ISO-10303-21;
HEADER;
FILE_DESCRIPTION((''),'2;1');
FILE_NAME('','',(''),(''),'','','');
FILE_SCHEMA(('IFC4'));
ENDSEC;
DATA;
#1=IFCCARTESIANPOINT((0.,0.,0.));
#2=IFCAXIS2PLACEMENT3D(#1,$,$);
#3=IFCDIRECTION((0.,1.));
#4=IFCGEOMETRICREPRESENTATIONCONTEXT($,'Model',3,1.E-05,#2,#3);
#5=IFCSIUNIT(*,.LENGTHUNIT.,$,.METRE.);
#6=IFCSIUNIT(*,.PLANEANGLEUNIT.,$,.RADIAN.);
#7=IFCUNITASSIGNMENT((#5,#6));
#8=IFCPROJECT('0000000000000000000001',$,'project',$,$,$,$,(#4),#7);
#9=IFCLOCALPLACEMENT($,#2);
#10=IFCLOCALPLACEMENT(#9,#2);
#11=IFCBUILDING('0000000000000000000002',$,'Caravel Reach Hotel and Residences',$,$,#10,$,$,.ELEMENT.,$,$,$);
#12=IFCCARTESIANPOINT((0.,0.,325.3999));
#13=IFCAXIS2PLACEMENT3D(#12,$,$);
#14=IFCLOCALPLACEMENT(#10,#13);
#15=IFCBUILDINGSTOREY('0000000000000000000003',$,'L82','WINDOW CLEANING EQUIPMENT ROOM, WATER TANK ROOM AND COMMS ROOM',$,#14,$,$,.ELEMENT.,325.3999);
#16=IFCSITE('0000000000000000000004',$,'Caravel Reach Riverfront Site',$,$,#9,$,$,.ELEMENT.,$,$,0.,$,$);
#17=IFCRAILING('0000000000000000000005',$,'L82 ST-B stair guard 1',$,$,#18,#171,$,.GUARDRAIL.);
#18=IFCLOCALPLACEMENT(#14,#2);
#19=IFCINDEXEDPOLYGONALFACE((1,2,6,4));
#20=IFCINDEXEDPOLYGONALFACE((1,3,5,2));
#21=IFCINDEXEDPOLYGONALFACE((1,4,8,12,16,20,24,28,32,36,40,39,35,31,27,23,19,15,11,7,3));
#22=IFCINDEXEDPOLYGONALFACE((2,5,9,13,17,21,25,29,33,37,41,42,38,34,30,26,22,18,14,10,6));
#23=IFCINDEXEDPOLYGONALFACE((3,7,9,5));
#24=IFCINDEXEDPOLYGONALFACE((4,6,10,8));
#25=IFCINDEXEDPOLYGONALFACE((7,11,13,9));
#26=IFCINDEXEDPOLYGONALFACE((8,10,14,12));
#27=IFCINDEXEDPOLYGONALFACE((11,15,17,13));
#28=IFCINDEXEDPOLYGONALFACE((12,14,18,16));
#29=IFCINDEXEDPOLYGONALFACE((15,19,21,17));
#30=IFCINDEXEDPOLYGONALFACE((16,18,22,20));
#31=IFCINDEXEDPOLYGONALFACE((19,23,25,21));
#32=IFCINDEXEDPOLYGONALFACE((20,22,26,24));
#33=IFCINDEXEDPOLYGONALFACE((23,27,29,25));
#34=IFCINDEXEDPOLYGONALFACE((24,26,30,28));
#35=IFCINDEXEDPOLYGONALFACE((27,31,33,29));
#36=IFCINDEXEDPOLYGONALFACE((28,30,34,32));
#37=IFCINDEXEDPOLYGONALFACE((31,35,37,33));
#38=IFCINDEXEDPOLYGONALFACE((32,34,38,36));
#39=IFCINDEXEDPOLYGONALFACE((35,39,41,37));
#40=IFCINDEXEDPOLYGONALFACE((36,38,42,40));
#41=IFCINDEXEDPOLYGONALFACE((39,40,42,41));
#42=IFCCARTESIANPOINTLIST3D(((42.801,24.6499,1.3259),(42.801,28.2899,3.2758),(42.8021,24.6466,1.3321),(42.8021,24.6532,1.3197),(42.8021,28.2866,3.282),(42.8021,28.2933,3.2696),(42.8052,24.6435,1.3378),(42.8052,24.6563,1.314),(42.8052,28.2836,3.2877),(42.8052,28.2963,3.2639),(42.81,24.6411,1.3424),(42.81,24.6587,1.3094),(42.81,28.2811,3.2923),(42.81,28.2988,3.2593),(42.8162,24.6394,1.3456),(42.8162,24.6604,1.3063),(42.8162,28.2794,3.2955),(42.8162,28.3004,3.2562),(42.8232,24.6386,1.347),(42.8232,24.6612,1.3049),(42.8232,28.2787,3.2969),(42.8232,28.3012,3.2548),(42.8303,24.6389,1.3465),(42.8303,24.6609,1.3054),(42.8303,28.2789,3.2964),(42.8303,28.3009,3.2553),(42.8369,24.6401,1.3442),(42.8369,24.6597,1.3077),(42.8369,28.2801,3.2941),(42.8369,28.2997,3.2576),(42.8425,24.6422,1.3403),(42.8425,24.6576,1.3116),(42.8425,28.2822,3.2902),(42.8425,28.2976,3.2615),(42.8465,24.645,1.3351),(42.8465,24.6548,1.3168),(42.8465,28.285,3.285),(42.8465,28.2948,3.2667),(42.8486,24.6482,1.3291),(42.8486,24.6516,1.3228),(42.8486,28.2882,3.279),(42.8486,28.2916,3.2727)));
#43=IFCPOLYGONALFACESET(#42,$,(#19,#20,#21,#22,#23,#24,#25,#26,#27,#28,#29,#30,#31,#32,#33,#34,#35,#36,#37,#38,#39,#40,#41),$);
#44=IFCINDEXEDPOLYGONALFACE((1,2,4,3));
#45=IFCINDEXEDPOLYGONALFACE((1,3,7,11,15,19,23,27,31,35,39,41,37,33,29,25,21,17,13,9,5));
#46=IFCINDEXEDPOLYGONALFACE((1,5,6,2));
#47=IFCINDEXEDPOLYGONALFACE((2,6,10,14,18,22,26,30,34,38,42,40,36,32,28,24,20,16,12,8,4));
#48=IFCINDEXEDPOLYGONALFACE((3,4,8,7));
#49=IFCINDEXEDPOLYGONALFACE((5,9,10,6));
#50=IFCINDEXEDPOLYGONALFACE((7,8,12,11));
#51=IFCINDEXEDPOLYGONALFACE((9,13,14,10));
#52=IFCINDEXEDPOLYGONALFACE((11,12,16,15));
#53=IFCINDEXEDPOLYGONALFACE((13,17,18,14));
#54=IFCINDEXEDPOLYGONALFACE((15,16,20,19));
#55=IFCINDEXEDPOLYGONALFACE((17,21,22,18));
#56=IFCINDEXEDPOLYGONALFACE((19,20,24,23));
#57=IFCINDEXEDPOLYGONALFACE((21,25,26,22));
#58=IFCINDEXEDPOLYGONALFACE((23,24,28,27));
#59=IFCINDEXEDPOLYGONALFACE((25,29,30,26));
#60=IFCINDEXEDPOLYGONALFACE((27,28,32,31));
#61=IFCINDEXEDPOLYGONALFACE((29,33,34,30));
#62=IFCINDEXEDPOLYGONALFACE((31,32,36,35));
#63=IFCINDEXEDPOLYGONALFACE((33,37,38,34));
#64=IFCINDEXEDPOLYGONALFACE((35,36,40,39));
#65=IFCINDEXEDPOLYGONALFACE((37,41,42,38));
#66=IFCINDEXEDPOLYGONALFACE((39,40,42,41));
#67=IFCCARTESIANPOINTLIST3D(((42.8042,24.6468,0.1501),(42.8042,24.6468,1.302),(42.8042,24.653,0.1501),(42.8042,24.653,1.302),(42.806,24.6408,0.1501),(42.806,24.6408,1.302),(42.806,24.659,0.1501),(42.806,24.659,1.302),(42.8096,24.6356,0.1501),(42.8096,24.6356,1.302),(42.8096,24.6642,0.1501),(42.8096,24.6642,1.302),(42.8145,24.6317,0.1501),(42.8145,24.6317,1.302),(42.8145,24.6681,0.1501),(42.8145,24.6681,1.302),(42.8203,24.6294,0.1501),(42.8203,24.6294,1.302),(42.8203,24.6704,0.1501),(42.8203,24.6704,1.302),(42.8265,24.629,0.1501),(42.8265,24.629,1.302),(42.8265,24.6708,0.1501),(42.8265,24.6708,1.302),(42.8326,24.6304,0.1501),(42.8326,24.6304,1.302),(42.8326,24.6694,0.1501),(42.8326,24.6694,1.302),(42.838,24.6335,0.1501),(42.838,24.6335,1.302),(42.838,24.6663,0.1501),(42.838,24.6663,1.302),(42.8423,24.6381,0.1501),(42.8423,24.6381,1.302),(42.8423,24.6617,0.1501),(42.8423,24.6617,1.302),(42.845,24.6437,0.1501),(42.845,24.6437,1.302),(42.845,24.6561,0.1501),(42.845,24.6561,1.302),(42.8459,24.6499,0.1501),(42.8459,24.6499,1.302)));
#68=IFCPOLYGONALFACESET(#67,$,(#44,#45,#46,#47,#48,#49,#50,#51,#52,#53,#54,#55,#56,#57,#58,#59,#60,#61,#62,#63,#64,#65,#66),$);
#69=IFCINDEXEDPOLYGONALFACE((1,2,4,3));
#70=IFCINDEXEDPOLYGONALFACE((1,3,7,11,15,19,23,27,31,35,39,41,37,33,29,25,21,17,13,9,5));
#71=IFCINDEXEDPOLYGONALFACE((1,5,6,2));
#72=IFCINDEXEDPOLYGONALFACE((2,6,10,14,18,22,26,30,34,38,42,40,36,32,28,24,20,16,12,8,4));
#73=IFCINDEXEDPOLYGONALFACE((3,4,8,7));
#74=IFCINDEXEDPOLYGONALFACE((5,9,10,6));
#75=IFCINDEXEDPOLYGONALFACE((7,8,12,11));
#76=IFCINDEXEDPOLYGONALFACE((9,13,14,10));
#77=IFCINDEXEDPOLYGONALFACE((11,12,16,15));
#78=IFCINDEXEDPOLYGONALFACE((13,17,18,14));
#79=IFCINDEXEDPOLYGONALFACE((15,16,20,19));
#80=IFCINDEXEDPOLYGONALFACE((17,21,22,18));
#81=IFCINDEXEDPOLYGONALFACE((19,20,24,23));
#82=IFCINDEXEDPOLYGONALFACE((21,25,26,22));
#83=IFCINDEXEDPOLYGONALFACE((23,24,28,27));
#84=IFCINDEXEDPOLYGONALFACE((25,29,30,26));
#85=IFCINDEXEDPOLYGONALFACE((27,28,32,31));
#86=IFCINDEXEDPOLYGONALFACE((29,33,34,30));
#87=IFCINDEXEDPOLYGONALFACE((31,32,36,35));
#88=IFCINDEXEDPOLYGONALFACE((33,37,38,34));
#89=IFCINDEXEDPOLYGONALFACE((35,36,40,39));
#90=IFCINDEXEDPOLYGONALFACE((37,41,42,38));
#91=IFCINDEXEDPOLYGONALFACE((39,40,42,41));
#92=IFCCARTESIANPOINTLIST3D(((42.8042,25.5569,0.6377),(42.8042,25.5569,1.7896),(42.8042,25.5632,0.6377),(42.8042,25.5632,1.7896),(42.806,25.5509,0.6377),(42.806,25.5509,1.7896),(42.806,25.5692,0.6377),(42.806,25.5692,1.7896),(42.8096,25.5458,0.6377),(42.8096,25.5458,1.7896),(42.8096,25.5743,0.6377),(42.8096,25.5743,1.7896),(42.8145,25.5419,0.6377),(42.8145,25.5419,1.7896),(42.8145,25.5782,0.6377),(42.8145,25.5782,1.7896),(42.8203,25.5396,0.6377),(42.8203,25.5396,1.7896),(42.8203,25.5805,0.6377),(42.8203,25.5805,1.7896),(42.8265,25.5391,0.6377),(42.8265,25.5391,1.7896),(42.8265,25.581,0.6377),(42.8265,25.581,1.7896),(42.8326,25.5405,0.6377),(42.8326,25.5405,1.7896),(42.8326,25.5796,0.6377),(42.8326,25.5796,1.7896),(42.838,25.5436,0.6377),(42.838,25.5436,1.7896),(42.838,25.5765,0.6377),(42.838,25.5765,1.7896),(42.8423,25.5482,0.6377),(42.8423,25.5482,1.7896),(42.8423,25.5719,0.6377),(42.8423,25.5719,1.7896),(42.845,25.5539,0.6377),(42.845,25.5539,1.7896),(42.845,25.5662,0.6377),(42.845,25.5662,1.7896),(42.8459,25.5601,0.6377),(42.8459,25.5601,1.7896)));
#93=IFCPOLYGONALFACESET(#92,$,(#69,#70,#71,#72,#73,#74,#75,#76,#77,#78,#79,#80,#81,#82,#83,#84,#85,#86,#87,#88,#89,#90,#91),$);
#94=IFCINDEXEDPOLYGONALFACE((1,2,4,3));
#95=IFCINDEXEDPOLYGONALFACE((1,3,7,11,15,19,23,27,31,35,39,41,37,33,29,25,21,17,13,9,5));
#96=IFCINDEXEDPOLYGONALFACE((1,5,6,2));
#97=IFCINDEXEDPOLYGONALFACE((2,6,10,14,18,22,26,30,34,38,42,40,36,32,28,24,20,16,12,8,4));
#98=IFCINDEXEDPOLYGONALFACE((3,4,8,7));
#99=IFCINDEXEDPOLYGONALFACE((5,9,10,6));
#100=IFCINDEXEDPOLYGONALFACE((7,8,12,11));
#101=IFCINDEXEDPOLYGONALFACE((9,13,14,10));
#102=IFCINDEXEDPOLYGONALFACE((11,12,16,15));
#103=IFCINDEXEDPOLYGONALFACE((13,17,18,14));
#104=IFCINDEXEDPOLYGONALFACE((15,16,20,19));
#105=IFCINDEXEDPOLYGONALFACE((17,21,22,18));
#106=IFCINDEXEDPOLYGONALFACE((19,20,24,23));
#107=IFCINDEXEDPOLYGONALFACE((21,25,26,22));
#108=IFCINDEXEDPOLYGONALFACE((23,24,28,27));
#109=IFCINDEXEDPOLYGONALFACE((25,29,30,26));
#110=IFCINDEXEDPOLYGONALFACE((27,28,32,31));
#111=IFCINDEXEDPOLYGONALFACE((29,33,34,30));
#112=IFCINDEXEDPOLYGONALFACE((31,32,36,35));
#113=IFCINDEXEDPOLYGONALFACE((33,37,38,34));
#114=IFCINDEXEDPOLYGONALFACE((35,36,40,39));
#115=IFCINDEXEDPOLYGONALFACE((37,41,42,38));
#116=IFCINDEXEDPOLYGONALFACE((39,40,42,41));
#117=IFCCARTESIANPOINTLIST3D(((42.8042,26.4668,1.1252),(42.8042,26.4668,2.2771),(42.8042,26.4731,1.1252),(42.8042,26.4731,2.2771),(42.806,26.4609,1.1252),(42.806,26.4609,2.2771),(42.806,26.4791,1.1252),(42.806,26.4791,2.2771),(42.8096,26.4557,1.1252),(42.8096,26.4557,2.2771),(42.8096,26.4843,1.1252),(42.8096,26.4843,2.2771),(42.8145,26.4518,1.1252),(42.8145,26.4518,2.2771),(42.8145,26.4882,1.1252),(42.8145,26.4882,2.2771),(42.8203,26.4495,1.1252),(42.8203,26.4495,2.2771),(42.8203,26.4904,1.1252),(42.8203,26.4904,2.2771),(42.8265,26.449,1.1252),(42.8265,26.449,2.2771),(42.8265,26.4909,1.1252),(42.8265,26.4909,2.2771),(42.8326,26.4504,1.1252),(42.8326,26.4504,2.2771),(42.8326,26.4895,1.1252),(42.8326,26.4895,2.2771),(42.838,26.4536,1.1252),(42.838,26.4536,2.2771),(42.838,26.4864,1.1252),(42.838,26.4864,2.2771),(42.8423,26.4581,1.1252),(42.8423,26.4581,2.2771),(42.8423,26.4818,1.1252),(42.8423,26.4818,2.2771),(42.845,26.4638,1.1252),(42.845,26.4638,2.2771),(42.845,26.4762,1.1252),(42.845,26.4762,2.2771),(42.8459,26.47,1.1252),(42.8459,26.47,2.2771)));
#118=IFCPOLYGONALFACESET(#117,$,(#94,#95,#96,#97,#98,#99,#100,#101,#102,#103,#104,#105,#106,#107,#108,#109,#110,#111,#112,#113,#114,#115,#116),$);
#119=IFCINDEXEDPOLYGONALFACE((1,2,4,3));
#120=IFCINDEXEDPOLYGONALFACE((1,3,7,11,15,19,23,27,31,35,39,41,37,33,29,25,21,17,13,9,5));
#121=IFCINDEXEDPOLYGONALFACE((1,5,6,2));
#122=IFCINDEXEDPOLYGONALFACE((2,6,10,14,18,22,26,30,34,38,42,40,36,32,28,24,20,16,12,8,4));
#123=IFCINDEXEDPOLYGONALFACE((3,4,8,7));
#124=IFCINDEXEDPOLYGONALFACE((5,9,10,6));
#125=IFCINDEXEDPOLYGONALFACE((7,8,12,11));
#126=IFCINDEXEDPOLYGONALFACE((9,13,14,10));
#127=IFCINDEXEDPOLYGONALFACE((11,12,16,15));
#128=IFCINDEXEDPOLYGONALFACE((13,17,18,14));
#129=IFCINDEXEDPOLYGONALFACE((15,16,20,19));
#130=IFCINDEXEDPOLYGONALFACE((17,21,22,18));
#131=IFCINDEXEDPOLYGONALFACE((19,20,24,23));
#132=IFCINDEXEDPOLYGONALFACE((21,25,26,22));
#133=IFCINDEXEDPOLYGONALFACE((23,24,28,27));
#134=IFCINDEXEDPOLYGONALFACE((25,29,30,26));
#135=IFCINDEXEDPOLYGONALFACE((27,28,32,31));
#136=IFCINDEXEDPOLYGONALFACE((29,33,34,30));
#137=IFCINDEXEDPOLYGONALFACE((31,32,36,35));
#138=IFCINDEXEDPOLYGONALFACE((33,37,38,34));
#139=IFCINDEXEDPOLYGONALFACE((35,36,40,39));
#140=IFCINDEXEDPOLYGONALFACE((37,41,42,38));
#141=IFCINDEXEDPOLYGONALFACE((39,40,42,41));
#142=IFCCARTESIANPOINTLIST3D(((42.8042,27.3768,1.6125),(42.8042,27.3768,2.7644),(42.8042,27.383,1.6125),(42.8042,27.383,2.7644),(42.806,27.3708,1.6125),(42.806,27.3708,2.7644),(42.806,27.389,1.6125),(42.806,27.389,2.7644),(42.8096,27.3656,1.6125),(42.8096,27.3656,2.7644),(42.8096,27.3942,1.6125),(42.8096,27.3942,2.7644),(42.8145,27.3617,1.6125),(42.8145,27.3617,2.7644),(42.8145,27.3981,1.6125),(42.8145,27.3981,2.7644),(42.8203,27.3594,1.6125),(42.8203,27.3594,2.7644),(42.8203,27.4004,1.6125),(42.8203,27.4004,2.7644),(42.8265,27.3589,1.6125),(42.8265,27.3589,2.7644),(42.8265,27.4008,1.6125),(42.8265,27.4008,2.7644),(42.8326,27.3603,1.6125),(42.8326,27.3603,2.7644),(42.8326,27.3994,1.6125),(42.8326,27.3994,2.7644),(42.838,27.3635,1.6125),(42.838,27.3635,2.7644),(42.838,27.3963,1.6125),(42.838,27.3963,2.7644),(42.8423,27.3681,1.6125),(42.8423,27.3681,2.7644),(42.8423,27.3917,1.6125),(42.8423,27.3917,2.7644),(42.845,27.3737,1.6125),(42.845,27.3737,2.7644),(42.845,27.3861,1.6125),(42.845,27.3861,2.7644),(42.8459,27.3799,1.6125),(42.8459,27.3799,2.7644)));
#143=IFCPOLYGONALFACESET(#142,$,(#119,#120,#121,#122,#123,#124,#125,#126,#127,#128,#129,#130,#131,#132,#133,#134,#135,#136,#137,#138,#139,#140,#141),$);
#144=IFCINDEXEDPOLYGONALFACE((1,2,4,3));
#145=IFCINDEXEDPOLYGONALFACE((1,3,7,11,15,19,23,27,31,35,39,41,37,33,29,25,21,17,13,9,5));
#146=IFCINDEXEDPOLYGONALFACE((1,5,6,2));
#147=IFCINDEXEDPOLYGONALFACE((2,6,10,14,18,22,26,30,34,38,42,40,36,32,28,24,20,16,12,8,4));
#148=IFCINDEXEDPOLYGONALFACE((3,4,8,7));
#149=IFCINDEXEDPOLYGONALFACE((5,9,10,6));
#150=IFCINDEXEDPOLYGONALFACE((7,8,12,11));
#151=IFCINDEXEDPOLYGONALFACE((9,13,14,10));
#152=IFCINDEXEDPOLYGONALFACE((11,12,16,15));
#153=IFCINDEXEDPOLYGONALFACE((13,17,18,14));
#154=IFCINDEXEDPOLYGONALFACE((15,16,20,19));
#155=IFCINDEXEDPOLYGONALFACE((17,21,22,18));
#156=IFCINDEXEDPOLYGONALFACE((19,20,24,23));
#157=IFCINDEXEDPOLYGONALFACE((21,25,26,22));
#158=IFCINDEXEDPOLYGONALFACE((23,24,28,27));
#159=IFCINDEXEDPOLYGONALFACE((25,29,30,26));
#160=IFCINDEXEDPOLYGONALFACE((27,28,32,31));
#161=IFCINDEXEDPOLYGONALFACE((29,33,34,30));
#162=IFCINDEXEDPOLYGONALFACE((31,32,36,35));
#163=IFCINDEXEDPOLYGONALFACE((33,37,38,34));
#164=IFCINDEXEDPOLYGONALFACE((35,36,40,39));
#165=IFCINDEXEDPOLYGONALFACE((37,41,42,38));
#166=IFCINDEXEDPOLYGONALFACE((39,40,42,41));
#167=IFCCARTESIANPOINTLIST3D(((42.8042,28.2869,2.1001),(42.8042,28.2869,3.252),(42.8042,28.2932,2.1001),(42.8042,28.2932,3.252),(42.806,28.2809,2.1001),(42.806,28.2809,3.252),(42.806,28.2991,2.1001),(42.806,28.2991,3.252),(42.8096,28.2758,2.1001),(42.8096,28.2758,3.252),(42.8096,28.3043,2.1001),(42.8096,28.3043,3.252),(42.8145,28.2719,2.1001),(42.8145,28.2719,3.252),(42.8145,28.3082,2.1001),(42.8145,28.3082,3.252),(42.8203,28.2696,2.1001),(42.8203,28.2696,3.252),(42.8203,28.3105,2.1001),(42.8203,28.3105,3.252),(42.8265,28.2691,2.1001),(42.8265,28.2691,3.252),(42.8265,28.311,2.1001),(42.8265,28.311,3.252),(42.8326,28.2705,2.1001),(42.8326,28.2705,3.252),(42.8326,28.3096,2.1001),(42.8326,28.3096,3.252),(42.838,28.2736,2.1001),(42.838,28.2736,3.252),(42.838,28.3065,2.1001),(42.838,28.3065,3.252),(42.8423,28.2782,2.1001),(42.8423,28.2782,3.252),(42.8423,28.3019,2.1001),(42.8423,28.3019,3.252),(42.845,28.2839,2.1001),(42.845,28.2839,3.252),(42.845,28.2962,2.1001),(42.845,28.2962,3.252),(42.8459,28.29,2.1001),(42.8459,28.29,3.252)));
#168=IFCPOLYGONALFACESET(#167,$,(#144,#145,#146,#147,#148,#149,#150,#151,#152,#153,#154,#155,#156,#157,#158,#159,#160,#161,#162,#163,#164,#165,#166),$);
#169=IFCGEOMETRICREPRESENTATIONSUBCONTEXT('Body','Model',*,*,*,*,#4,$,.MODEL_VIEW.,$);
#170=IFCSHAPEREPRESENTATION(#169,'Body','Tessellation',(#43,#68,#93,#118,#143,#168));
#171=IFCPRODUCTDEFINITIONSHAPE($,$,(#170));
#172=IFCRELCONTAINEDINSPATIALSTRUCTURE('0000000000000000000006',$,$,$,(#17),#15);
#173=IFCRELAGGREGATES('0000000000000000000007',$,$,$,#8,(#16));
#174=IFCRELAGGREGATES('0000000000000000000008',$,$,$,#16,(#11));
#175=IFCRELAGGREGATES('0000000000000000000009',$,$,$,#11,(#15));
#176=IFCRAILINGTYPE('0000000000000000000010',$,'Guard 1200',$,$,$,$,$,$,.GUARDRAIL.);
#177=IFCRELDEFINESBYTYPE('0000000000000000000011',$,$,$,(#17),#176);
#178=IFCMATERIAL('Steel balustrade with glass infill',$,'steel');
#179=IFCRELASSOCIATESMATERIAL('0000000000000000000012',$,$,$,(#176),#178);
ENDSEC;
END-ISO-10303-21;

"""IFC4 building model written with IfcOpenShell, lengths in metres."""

from ifc_helpers import new_model, si_unit, direction, frame, origin, origin_2d, place, context, subcontext, project, spatial, circle, extrude, material, type_object, element, save


model = new_model("IFC4")

# Units and contexts
model_context = context("Model", 3, precision=1e-05, world=origin(), true_north=direction((0.0, 1.0)))
body_context = subcontext(model_context, "Body", "Model", "MODEL_VIEW")
ifc_project = project(units=[si_unit("LENGTHUNIT", "METRE"), si_unit("PLANEANGLEUNIT", "RADIAN")], contexts=[model_context])

# Site, building, storey
site_placement = place(None, origin())
site = spatial("IfcSite", under=ifc_project, at=site_placement, Name="Caravel Reach Riverfront Site", CompositionType="ELEMENT", RefElevation=0.0)
building_placement = place(site_placement, origin())
building = spatial("IfcBuilding", under=site, at=building_placement, Name="Caravel Reach Hotel and Residences", CompositionType="ELEMENT")
storey_placement = place(building_placement, frame((0.0, 0.0, 325.3999)))
storey = spatial("IfcBuildingStorey", under=building, at=storey_placement, Name="L82", Description="WINDOW CLEANING EQUIPMENT ROOM, WATER TANK ROOM AND COMMS ROOM", CompositionType="ELEMENT", Elevation=325.3999)

# Railing
ifc_material_1 = material(Name="Steel balustrade with glass infill", Category="steel")
railing_type_1 = type_object("IfcRailingType", Name="Guard 1200", PredefinedType="GUARDRAIL", material=ifc_material_1)
railing_1_placement = place(storey_placement, frame((42.825, 24.6499, 0.1501)))
element("IfcRailing", 1, at=railing_1_placement, inside=storey, type_object=railing_type_1, Name="L82 ST-B stair guard 1", PredefinedType="GUARDRAIL", context=body_context, shape_type="SweptSolid", body=[
    extrude(circle(Radius=0.0239, at=origin_2d()), frame((0.0, 0.0, 1.1758), z_axis=(0.0, 0.881492, 0.472198), x_axis=(-1.0, 0.0, 0.0)), (0.0, 0.0, 1.0), 4.1294),
    extrude(circle(Radius=0.021, at=origin_2d()), origin(), (0.0, 0.0, 1.0), 1.1519),
    extrude(circle(Radius=0.021, at=origin_2d()), frame((0.0, 0.9102, 0.4875)), (0.0, 0.0, 1.0), 1.1519),
    extrude(circle(Radius=0.021, at=origin_2d()), frame((0.0, 1.8201, 0.9751)), (0.0, 0.0, 1.0), 1.1519),
    extrude(circle(Radius=0.021, at=origin_2d()), frame((0.0, 2.73, 1.4624)), (0.0, 0.0, 1.0), 1.1519),
    extrude(circle(Radius=0.021, at=origin_2d()), frame((0.0, 3.6401, 1.95)), (0.0, 0.0, 1.0), 1.1519),
])

save(model, "model.ifc")
